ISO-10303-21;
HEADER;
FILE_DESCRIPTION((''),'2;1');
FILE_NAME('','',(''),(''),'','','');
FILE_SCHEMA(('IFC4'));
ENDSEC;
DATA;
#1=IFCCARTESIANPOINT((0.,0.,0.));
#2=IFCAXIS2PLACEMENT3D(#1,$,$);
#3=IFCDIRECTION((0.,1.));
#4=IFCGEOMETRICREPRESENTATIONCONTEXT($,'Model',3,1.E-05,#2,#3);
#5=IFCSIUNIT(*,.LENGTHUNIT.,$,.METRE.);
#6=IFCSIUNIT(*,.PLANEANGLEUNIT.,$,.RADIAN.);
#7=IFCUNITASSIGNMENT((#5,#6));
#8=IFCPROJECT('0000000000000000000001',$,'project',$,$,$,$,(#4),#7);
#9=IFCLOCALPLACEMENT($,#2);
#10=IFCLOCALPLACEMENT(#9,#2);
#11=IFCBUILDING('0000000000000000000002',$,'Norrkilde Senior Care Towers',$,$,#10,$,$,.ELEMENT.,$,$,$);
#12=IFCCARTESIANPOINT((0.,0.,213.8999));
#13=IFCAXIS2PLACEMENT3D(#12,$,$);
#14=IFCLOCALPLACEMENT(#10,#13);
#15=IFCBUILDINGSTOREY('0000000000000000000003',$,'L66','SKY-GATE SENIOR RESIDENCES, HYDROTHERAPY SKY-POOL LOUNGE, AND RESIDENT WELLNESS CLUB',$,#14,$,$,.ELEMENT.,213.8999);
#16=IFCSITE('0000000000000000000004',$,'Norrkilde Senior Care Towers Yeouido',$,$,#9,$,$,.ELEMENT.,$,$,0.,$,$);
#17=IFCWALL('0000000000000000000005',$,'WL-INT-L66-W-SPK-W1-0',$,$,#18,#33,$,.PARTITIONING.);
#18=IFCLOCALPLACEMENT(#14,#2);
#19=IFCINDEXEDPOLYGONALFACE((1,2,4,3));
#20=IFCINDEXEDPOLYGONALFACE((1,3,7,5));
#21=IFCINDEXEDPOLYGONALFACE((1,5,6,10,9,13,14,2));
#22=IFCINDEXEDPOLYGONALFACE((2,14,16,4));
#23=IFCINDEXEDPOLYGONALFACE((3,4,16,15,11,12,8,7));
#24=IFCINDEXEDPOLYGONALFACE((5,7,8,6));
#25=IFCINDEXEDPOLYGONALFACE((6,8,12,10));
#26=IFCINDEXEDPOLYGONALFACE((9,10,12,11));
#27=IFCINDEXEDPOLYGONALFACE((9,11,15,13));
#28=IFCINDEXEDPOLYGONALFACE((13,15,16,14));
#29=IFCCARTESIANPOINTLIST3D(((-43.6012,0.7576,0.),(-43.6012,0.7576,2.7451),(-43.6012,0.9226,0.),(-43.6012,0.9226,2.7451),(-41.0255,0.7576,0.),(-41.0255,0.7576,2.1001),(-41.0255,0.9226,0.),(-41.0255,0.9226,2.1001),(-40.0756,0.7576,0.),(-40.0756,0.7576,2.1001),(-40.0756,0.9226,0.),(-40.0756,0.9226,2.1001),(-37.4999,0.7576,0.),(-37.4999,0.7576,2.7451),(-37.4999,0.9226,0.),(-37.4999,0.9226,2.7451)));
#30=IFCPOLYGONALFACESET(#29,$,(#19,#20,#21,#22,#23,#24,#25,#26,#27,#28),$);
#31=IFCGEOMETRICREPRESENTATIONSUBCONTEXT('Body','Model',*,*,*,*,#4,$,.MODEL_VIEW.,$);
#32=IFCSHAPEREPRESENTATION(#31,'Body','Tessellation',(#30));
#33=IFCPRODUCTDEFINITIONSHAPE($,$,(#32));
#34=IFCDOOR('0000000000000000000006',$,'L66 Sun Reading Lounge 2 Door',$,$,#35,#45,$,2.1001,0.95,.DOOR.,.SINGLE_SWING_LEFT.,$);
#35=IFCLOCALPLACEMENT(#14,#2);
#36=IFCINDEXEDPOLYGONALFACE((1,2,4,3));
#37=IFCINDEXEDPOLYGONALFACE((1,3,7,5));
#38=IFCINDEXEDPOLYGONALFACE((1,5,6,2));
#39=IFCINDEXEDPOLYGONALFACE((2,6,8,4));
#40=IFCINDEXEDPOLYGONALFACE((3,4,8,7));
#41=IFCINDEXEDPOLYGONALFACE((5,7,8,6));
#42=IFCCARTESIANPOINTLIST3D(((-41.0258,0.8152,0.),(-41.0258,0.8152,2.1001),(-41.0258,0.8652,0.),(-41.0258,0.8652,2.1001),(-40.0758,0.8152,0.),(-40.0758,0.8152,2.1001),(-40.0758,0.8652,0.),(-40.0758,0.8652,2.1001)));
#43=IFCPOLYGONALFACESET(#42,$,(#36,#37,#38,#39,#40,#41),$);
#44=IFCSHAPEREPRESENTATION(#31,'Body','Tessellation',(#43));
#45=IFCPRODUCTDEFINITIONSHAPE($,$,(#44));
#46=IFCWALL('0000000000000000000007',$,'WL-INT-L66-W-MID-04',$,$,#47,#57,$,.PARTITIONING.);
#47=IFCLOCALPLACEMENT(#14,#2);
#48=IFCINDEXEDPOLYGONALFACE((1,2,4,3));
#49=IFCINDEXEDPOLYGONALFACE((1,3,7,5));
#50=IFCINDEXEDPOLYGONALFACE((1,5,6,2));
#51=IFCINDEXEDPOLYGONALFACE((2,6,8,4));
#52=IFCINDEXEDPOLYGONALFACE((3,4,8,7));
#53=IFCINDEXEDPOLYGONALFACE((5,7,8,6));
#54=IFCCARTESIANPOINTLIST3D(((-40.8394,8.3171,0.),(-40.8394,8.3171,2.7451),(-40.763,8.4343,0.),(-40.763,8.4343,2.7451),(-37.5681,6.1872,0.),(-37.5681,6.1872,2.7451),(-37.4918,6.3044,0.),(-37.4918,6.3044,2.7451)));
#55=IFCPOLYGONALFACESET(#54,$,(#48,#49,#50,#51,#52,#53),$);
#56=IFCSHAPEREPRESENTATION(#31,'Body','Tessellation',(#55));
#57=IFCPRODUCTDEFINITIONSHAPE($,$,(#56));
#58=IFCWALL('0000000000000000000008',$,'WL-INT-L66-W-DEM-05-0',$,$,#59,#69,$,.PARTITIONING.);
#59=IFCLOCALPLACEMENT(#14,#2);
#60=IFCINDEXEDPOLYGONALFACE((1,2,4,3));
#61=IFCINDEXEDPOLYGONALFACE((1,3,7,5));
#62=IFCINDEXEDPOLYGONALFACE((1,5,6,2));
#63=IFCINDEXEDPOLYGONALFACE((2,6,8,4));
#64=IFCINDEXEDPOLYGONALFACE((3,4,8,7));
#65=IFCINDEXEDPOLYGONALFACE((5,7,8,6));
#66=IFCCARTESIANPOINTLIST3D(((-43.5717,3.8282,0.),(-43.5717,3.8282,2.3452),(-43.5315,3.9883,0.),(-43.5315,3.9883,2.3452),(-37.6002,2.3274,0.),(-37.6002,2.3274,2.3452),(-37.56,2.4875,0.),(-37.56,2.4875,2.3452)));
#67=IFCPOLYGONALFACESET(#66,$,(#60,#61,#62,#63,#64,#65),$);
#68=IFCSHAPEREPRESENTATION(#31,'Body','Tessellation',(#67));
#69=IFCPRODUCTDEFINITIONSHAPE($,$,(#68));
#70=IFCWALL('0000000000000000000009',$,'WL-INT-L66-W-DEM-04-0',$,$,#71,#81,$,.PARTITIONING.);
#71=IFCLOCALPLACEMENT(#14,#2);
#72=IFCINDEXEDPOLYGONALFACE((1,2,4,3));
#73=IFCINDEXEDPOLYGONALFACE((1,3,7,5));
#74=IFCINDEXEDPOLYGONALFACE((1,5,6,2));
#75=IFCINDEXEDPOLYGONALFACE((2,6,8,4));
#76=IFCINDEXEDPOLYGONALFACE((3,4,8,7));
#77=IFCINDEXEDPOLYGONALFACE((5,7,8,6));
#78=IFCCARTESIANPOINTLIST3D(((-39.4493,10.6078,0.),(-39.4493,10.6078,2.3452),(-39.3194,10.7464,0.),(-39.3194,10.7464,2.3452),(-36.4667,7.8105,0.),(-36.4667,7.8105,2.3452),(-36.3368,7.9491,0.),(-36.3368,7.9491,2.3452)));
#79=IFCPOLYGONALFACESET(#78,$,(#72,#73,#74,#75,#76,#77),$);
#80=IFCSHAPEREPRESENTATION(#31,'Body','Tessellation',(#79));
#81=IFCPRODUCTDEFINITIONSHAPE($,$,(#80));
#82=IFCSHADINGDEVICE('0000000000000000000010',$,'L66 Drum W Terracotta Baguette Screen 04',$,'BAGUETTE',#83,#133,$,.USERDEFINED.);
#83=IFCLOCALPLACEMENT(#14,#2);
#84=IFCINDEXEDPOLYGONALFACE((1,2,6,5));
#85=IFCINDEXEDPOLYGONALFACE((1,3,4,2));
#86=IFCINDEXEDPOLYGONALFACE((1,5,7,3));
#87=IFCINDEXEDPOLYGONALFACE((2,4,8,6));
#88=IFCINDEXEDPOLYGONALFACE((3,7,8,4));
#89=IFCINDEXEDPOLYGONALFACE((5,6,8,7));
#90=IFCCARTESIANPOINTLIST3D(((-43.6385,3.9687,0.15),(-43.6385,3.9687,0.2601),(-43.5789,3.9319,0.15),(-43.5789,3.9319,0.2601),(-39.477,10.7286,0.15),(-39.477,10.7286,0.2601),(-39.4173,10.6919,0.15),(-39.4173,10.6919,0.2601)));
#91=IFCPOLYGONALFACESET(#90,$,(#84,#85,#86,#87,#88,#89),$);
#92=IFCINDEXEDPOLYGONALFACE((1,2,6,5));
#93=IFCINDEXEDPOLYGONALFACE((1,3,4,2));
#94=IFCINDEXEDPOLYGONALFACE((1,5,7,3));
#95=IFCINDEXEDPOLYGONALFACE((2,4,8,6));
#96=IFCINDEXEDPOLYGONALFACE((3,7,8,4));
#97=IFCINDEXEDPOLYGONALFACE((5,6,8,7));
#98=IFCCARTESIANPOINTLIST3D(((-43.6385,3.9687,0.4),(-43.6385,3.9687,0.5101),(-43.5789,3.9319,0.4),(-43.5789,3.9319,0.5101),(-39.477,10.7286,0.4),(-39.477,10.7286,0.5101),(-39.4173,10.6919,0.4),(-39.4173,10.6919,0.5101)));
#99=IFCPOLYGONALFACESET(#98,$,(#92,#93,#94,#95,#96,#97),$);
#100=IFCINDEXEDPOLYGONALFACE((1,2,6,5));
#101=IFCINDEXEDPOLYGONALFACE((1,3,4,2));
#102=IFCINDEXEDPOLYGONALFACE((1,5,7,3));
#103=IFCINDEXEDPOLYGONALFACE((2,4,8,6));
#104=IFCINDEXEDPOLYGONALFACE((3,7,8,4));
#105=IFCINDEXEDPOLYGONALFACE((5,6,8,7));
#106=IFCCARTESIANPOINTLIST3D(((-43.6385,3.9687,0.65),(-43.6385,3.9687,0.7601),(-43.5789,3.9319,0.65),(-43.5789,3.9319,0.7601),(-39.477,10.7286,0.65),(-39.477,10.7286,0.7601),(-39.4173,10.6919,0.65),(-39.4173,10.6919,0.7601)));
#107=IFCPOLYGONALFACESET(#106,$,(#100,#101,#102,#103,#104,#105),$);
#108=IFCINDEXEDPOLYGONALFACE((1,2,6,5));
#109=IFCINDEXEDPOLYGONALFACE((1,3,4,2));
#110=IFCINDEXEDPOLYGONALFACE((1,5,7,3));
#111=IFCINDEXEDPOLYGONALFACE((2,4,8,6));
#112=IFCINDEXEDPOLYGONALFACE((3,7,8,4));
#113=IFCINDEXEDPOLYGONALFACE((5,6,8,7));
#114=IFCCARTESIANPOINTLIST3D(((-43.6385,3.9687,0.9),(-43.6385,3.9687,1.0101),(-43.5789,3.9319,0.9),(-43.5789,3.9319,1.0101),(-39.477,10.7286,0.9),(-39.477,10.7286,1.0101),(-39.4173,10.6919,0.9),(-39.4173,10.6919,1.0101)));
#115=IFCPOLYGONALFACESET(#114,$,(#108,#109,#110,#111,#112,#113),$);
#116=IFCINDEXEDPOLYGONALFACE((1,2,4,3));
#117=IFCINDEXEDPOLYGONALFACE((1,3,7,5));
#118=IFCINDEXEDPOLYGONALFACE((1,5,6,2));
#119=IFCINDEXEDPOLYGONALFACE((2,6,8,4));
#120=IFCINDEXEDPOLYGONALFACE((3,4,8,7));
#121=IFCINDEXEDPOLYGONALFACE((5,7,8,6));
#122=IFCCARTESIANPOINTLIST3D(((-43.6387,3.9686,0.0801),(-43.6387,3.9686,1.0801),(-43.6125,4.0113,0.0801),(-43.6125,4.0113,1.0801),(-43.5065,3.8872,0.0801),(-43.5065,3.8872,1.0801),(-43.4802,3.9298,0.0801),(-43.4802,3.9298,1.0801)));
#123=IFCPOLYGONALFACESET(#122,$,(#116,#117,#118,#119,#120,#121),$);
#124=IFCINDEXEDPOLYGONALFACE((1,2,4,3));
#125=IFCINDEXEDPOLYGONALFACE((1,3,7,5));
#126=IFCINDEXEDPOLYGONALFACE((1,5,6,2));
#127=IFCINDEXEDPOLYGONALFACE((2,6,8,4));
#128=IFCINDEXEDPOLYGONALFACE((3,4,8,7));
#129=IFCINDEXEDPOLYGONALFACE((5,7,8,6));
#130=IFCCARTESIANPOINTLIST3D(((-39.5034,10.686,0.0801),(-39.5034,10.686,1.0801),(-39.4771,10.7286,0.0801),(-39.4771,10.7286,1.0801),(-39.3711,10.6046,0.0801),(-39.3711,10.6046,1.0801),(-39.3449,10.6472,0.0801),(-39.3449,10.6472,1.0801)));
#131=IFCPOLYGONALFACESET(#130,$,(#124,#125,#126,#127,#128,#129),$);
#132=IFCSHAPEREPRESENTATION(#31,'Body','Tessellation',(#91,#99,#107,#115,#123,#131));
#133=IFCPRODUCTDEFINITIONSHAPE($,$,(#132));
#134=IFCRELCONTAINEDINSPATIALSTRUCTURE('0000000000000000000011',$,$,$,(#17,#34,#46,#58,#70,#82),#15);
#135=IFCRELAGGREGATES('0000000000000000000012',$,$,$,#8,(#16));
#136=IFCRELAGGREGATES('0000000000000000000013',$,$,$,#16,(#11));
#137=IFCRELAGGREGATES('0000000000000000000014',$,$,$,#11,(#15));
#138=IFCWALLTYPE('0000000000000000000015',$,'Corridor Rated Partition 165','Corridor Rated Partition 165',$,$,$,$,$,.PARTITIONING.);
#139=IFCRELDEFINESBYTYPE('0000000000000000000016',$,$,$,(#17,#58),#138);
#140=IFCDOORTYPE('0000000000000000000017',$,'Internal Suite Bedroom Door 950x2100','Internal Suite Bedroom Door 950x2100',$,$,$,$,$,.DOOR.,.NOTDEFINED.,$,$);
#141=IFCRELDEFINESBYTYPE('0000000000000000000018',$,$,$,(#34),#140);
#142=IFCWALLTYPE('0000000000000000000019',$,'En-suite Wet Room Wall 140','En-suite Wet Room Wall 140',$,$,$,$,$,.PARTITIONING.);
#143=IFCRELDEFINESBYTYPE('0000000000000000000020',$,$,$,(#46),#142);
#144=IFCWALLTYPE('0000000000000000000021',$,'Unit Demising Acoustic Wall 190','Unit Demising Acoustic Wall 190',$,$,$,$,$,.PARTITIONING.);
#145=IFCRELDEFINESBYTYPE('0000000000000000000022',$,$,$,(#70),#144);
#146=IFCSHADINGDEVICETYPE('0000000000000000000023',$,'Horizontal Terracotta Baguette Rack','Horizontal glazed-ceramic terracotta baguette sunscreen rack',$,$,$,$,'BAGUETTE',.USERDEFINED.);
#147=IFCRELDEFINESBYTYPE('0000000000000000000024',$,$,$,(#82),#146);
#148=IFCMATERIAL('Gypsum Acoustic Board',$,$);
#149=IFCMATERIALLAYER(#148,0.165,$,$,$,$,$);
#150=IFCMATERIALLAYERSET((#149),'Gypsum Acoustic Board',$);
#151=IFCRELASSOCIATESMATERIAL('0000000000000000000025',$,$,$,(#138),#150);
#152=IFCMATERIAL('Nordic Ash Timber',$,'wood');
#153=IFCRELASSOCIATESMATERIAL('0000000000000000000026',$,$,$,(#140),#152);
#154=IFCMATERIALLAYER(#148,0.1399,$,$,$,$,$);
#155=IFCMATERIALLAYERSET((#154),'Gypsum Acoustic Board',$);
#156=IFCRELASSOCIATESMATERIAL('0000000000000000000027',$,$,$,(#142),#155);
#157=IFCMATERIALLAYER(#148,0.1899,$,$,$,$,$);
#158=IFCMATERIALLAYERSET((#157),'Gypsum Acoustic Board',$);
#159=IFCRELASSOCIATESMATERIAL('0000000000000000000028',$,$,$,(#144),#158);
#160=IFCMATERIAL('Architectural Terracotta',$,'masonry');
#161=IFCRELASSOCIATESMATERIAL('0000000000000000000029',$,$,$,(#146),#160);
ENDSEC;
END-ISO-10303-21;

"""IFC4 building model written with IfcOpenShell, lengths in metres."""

from ifc_helpers import new_model, si_unit, direction, frame, frame_2d, origin, origin_2d, place, context, subcontext, project, spatial, rectangle, extrude, source, transform, mapped, material, layer, layer_set, type_object, type_shapes, element, fill, save


model = new_model("IFC4")

# Units and contexts
model_context = context("Model", 3, precision=1e-05, world=origin(), true_north=direction((0.0, 1.0)))
body_context = subcontext(model_context, "Body", "Model", "MODEL_VIEW")
ifc_project = project(units=[si_unit("LENGTHUNIT", "METRE"), si_unit("PLANEANGLEUNIT", "RADIAN")], contexts=[model_context])

# Site, building, storey
site_placement = place(None, origin())
site = spatial("IfcSite", under=ifc_project, at=site_placement, Name="Norrkilde Senior Care Towers Yeouido", CompositionType="ELEMENT", RefElevation=0.0)
building_placement = place(site_placement, origin())
building = spatial("IfcBuilding", under=site, at=building_placement, Name="Norrkilde Senior Care Towers", CompositionType="ELEMENT")
storey_placement = place(building_placement, frame((0.0, 0.0, 213.8999)))
storey = spatial("IfcBuildingStorey", under=building, at=storey_placement, Name="L66", Description="SKY-GATE SENIOR RESIDENCES, HYDROTHERAPY SKY-POOL LOUNGE, AND RESIDENT WELLNESS CLUB", CompositionType="ELEMENT", Elevation=213.8999)

# Shared definitions
ifc_material_1 = material(Name="Gypsum Acoustic Board")
ifc_layer_1 = layer(ifc_material_1, 0.165)
ifc_layer_set_1 = layer_set([ifc_layer_1], Name="Gypsum Acoustic Board")
wall_type_1 = type_object("IfcWallType", Name="Corridor Rated Partition 165", Description="Corridor Rated Partition 165", PredefinedType="PARTITIONING", material=ifc_layer_set_1)
ifc_material_2 = material(Name="Nordic Ash Timber", Category="wood")

# Wall, opening, door
shared_shape_1 = source(origin(), body_context, "Body", "SweptSolid", [
    extrude(rectangle(XDim=6.1013, YDim=0.165, at=frame_2d((3.0508, 0.0))), origin(), (0.0, 0.0, 1.0), 2.7451),
])
wall_1_placement = place(storey_placement, frame((-43.6013, 0.8401, 0.0), z_axis=(0.0, 0.0, 1.0), x_axis=(1.0, 0.0, 0.0)))
wall_1 = element("IfcWall", 1, at=wall_1_placement, inside=storey, type_object=wall_type_1, Name="WL-INT-L66-W-SPK-W1-0", PredefinedType="PARTITIONING", context=body_context, shape_type="MappedRepresentation", body=[
    mapped(shared_shape_1, transform((0.0, 0.0, 0.0), x_axis=(1.0, 0.0, 0.0), y_axis=(0.0, 1.0, 0.0), z_axis=(0.0, 0.0, 1.0), scale=1.0)),
])
opening_1_placement = place(wall_1_placement, frame((2.5757, 0.0, 0.0)))
opening_1 = element("IfcOpeningElement", 2, at=opening_1_placement, cuts=wall_1, PredefinedType="OPENING", context=body_context, shape_type="SweptSolid", body=[
    extrude(rectangle(XDim=0.95, YDim=2.1001, at=frame_2d((0.4751, 1.05))), frame((0.0, 0.0925, 0.0), z_axis=(0.0, -1.0, 0.0), x_axis=(1.0, 0.0, 0.0)), (0.0, 0.0, 1.0), 0.1851),
])
door_type_1 = type_object("IfcDoorType", Name="Internal Suite Bedroom Door 950x2100", Description="Internal Suite Bedroom Door 950x2100", OperationType="NOTDEFINED", PredefinedType="DOOR", material=ifc_material_2)
shared_shape_2 = source(origin(), body_context, "Body", "SweptSolid", [
    extrude(rectangle(XDim=0.95, YDim=2.1001, at=frame_2d((0.4751, 1.05))), frame((0.0, 0.0249, 0.0), z_axis=(0.0, -1.0, 0.0), x_axis=(1.0, 0.0, 0.0)), (0.0, 0.0, 1.0), 0.05),
])
type_shapes(door_type_1, [shared_shape_2])
door_1_placement = place(opening_1_placement, frame((0.95, 0.0, 0.0), z_axis=(0.0, 0.0, 1.0), x_axis=(-1.0, 0.0, 0.0)))
door_1 = element("IfcDoor", 3, at=door_1_placement, inside=storey, type_object=door_type_1, Name="L66 Sun Reading Lounge 2 Door", OperationType="SINGLE_SWING_LEFT", OverallHeight=2.1001, OverallWidth=0.95, PredefinedType="DOOR", context=body_context, shape_type="MappedRepresentation", body=[
    mapped(shared_shape_2, transform((0.0, 0.0, 0.0), x_axis=(1.0, 0.0, 0.0), y_axis=(0.0, 1.0, 0.0), z_axis=(0.0, 0.0, 1.0), scale=1.0)),
])
fill(opening_1, door_1)

# Walls
ifc_layer_2 = layer(ifc_material_1, 0.1399)
ifc_layer_set_2 = layer_set([ifc_layer_2], Name="Gypsum Acoustic Board")
wall_type_2 = type_object("IfcWallType", Name="En-suite Wet Room Wall 140", Description="En-suite Wet Room Wall 140", PredefinedType="PARTITIONING", material=ifc_layer_set_2)
shared_shape_3 = source(origin(), body_context, "Body", "SweptSolid", [
    extrude(rectangle(XDim=3.9036, YDim=0.1399, at=frame_2d((1.9517, 0.0))), origin(), (0.0, 0.0, 1.0), 2.7451),
])
type_shapes(wall_type_2, [shared_shape_3])
wall_2_placement = place(storey_placement, frame((-37.53, 6.2458, 0.0), z_axis=(0.0, 0.0, 1.0), x_axis=(-0.838025, 0.545632, 0.0)))
element("IfcWall", 4, at=wall_2_placement, inside=storey, type_object=wall_type_2, Name="WL-INT-L66-W-MID-04", PredefinedType="PARTITIONING", context=body_context, shape_type="MappedRepresentation", body=[
    mapped(shared_shape_3, transform((0.0, 0.0, 0.0), x_axis=(1.0, 0.0, 0.0), y_axis=(0.0, 1.0, 0.0), z_axis=(0.0, 0.0, 1.0), scale=1.0)),
])
shared_shape_4 = source(origin(), body_context, "Body", "SweptSolid", [
    extrude(rectangle(XDim=6.1572, YDim=0.165, at=frame_2d((3.0786, 0.0))), origin(), (0.0, 0.0, 1.0), 2.3452),
])
wall_3_placement = place(storey_placement, frame((-37.5801, 2.4075, 0.0), z_axis=(0.0, 0.0, 1.0), x_axis=(-0.969841, 0.243739, 0.0)))
element("IfcWall", 5, at=wall_3_placement, inside=storey, type_object=wall_type_1, Name="WL-INT-L66-W-DEM-05-0", PredefinedType="PARTITIONING", context=body_context, shape_type="MappedRepresentation", body=[
    mapped(shared_shape_4, transform((0.0, 0.0, 0.0), x_axis=(1.0, 0.0, 0.0), y_axis=(0.0, 1.0, 0.0), z_axis=(0.0, 0.0, 1.0), scale=1.0)),
])
ifc_layer_3 = layer(ifc_material_1, 0.1899)
ifc_layer_set_3 = layer_set([ifc_layer_3], Name="Gypsum Acoustic Board")
wall_type_3 = type_object("IfcWallType", Name="Unit Demising Acoustic Wall 190", Description="Unit Demising Acoustic Wall 190", PredefinedType="PARTITIONING", material=ifc_layer_set_3)
shared_shape_5 = source(origin(), body_context, "Body", "SweptSolid", [
    extrude(rectangle(XDim=4.0891, YDim=0.1899, at=frame_2d((2.0444, 0.0))), origin(), (0.0, 0.0, 1.0), 2.3452),
])
type_shapes(wall_type_3, [shared_shape_5])
wall_4_placement = place(storey_placement, frame((-36.4019, 7.8799, 0.0), z_axis=(0.0, 0.0, 1.0), x_axis=(-0.729401, 0.684086, 0.0)))
element("IfcWall", 6, at=wall_4_placement, inside=storey, type_object=wall_type_3, Name="WL-INT-L66-W-DEM-04-0", PredefinedType="PARTITIONING", context=body_context, shape_type="MappedRepresentation", body=[
    mapped(shared_shape_5, transform((0.0, 0.0, 0.0), x_axis=(1.0, 0.0, 0.0), y_axis=(0.0, 1.0, 0.0), z_axis=(0.0, 0.0, 1.0), scale=1.0)),
])

# Shading device
ifc_material_3 = material(Name="Architectural Terracotta", Category="masonry")
shading_device_type = type_object("IfcShadingDeviceType", Name="Horizontal Terracotta Baguette Rack", Description="Horizontal glazed-ceramic terracotta baguette sunscreen rack", ElementType="BAGUETTE", PredefinedType="USERDEFINED", material=ifc_material_3)
shared_shape_6 = source(origin(), body_context, "Body", "SweptSolid", [
    extrude(rectangle(XDim=0.0701, YDim=0.1101, at=origin_2d()), frame((0.0, 0.0901, 0.125), z_axis=(1.0, 0.0, 0.0), x_axis=(0.0, 1.0, 0.0)), (0.0, 0.0, 1.0), 7.9382),
    extrude(rectangle(XDim=0.0701, YDim=0.1101, at=origin_2d()), frame((0.0, 0.0901, 0.375), z_axis=(1.0, 0.0, 0.0), x_axis=(0.0, 1.0, 0.0)), (0.0, 0.0, 1.0), 7.9382),
    extrude(rectangle(XDim=0.0701, YDim=0.1101, at=origin_2d()), frame((0.0, 0.0901, 0.625), z_axis=(1.0, 0.0, 0.0), x_axis=(0.0, 1.0, 0.0)), (0.0, 0.0, 1.0), 7.9382),
    extrude(rectangle(XDim=0.0701, YDim=0.1101, at=origin_2d()), frame((0.0, 0.0901, 0.875), z_axis=(1.0, 0.0, 0.0), x_axis=(0.0, 1.0, 0.0)), (0.0, 0.0, 1.0), 7.9382),
    extrude(rectangle(XDim=0.05, YDim=0.1553, at=origin_2d()), frame((0.0249, 0.0476, 0.0)), (0.0, 0.0, 1.0), 1.0),
    extrude(rectangle(XDim=0.05, YDim=0.1553, at=origin_2d()), frame((7.9131, 0.0476, 0.0)), (0.0, 0.0, 1.0), 1.0),
])
type_shapes(shading_device_type, [shared_shape_6])
shading_device_placement = place(storey_placement, frame((-43.532, 3.9031, 0.0801), z_axis=(0.0, 0.0, 1.0), x_axis=(0.52425, 0.851576, 0.0)))
element("IfcShadingDevice", 7, at=shading_device_placement, inside=storey, type_object=shading_device_type, Name="L66 Drum W Terracotta Baguette Screen 04", ObjectType="BAGUETTE", PredefinedType="USERDEFINED", context=body_context, shape_type="MappedRepresentation", body=[
    mapped(shared_shape_6, transform((0.0, 0.0, 0.0), x_axis=(1.0, 0.0, 0.0), y_axis=(0.0, 1.0, 0.0), z_axis=(0.0, 0.0, 1.0), scale=1.0)),
])

save(model, "model.ifc")
